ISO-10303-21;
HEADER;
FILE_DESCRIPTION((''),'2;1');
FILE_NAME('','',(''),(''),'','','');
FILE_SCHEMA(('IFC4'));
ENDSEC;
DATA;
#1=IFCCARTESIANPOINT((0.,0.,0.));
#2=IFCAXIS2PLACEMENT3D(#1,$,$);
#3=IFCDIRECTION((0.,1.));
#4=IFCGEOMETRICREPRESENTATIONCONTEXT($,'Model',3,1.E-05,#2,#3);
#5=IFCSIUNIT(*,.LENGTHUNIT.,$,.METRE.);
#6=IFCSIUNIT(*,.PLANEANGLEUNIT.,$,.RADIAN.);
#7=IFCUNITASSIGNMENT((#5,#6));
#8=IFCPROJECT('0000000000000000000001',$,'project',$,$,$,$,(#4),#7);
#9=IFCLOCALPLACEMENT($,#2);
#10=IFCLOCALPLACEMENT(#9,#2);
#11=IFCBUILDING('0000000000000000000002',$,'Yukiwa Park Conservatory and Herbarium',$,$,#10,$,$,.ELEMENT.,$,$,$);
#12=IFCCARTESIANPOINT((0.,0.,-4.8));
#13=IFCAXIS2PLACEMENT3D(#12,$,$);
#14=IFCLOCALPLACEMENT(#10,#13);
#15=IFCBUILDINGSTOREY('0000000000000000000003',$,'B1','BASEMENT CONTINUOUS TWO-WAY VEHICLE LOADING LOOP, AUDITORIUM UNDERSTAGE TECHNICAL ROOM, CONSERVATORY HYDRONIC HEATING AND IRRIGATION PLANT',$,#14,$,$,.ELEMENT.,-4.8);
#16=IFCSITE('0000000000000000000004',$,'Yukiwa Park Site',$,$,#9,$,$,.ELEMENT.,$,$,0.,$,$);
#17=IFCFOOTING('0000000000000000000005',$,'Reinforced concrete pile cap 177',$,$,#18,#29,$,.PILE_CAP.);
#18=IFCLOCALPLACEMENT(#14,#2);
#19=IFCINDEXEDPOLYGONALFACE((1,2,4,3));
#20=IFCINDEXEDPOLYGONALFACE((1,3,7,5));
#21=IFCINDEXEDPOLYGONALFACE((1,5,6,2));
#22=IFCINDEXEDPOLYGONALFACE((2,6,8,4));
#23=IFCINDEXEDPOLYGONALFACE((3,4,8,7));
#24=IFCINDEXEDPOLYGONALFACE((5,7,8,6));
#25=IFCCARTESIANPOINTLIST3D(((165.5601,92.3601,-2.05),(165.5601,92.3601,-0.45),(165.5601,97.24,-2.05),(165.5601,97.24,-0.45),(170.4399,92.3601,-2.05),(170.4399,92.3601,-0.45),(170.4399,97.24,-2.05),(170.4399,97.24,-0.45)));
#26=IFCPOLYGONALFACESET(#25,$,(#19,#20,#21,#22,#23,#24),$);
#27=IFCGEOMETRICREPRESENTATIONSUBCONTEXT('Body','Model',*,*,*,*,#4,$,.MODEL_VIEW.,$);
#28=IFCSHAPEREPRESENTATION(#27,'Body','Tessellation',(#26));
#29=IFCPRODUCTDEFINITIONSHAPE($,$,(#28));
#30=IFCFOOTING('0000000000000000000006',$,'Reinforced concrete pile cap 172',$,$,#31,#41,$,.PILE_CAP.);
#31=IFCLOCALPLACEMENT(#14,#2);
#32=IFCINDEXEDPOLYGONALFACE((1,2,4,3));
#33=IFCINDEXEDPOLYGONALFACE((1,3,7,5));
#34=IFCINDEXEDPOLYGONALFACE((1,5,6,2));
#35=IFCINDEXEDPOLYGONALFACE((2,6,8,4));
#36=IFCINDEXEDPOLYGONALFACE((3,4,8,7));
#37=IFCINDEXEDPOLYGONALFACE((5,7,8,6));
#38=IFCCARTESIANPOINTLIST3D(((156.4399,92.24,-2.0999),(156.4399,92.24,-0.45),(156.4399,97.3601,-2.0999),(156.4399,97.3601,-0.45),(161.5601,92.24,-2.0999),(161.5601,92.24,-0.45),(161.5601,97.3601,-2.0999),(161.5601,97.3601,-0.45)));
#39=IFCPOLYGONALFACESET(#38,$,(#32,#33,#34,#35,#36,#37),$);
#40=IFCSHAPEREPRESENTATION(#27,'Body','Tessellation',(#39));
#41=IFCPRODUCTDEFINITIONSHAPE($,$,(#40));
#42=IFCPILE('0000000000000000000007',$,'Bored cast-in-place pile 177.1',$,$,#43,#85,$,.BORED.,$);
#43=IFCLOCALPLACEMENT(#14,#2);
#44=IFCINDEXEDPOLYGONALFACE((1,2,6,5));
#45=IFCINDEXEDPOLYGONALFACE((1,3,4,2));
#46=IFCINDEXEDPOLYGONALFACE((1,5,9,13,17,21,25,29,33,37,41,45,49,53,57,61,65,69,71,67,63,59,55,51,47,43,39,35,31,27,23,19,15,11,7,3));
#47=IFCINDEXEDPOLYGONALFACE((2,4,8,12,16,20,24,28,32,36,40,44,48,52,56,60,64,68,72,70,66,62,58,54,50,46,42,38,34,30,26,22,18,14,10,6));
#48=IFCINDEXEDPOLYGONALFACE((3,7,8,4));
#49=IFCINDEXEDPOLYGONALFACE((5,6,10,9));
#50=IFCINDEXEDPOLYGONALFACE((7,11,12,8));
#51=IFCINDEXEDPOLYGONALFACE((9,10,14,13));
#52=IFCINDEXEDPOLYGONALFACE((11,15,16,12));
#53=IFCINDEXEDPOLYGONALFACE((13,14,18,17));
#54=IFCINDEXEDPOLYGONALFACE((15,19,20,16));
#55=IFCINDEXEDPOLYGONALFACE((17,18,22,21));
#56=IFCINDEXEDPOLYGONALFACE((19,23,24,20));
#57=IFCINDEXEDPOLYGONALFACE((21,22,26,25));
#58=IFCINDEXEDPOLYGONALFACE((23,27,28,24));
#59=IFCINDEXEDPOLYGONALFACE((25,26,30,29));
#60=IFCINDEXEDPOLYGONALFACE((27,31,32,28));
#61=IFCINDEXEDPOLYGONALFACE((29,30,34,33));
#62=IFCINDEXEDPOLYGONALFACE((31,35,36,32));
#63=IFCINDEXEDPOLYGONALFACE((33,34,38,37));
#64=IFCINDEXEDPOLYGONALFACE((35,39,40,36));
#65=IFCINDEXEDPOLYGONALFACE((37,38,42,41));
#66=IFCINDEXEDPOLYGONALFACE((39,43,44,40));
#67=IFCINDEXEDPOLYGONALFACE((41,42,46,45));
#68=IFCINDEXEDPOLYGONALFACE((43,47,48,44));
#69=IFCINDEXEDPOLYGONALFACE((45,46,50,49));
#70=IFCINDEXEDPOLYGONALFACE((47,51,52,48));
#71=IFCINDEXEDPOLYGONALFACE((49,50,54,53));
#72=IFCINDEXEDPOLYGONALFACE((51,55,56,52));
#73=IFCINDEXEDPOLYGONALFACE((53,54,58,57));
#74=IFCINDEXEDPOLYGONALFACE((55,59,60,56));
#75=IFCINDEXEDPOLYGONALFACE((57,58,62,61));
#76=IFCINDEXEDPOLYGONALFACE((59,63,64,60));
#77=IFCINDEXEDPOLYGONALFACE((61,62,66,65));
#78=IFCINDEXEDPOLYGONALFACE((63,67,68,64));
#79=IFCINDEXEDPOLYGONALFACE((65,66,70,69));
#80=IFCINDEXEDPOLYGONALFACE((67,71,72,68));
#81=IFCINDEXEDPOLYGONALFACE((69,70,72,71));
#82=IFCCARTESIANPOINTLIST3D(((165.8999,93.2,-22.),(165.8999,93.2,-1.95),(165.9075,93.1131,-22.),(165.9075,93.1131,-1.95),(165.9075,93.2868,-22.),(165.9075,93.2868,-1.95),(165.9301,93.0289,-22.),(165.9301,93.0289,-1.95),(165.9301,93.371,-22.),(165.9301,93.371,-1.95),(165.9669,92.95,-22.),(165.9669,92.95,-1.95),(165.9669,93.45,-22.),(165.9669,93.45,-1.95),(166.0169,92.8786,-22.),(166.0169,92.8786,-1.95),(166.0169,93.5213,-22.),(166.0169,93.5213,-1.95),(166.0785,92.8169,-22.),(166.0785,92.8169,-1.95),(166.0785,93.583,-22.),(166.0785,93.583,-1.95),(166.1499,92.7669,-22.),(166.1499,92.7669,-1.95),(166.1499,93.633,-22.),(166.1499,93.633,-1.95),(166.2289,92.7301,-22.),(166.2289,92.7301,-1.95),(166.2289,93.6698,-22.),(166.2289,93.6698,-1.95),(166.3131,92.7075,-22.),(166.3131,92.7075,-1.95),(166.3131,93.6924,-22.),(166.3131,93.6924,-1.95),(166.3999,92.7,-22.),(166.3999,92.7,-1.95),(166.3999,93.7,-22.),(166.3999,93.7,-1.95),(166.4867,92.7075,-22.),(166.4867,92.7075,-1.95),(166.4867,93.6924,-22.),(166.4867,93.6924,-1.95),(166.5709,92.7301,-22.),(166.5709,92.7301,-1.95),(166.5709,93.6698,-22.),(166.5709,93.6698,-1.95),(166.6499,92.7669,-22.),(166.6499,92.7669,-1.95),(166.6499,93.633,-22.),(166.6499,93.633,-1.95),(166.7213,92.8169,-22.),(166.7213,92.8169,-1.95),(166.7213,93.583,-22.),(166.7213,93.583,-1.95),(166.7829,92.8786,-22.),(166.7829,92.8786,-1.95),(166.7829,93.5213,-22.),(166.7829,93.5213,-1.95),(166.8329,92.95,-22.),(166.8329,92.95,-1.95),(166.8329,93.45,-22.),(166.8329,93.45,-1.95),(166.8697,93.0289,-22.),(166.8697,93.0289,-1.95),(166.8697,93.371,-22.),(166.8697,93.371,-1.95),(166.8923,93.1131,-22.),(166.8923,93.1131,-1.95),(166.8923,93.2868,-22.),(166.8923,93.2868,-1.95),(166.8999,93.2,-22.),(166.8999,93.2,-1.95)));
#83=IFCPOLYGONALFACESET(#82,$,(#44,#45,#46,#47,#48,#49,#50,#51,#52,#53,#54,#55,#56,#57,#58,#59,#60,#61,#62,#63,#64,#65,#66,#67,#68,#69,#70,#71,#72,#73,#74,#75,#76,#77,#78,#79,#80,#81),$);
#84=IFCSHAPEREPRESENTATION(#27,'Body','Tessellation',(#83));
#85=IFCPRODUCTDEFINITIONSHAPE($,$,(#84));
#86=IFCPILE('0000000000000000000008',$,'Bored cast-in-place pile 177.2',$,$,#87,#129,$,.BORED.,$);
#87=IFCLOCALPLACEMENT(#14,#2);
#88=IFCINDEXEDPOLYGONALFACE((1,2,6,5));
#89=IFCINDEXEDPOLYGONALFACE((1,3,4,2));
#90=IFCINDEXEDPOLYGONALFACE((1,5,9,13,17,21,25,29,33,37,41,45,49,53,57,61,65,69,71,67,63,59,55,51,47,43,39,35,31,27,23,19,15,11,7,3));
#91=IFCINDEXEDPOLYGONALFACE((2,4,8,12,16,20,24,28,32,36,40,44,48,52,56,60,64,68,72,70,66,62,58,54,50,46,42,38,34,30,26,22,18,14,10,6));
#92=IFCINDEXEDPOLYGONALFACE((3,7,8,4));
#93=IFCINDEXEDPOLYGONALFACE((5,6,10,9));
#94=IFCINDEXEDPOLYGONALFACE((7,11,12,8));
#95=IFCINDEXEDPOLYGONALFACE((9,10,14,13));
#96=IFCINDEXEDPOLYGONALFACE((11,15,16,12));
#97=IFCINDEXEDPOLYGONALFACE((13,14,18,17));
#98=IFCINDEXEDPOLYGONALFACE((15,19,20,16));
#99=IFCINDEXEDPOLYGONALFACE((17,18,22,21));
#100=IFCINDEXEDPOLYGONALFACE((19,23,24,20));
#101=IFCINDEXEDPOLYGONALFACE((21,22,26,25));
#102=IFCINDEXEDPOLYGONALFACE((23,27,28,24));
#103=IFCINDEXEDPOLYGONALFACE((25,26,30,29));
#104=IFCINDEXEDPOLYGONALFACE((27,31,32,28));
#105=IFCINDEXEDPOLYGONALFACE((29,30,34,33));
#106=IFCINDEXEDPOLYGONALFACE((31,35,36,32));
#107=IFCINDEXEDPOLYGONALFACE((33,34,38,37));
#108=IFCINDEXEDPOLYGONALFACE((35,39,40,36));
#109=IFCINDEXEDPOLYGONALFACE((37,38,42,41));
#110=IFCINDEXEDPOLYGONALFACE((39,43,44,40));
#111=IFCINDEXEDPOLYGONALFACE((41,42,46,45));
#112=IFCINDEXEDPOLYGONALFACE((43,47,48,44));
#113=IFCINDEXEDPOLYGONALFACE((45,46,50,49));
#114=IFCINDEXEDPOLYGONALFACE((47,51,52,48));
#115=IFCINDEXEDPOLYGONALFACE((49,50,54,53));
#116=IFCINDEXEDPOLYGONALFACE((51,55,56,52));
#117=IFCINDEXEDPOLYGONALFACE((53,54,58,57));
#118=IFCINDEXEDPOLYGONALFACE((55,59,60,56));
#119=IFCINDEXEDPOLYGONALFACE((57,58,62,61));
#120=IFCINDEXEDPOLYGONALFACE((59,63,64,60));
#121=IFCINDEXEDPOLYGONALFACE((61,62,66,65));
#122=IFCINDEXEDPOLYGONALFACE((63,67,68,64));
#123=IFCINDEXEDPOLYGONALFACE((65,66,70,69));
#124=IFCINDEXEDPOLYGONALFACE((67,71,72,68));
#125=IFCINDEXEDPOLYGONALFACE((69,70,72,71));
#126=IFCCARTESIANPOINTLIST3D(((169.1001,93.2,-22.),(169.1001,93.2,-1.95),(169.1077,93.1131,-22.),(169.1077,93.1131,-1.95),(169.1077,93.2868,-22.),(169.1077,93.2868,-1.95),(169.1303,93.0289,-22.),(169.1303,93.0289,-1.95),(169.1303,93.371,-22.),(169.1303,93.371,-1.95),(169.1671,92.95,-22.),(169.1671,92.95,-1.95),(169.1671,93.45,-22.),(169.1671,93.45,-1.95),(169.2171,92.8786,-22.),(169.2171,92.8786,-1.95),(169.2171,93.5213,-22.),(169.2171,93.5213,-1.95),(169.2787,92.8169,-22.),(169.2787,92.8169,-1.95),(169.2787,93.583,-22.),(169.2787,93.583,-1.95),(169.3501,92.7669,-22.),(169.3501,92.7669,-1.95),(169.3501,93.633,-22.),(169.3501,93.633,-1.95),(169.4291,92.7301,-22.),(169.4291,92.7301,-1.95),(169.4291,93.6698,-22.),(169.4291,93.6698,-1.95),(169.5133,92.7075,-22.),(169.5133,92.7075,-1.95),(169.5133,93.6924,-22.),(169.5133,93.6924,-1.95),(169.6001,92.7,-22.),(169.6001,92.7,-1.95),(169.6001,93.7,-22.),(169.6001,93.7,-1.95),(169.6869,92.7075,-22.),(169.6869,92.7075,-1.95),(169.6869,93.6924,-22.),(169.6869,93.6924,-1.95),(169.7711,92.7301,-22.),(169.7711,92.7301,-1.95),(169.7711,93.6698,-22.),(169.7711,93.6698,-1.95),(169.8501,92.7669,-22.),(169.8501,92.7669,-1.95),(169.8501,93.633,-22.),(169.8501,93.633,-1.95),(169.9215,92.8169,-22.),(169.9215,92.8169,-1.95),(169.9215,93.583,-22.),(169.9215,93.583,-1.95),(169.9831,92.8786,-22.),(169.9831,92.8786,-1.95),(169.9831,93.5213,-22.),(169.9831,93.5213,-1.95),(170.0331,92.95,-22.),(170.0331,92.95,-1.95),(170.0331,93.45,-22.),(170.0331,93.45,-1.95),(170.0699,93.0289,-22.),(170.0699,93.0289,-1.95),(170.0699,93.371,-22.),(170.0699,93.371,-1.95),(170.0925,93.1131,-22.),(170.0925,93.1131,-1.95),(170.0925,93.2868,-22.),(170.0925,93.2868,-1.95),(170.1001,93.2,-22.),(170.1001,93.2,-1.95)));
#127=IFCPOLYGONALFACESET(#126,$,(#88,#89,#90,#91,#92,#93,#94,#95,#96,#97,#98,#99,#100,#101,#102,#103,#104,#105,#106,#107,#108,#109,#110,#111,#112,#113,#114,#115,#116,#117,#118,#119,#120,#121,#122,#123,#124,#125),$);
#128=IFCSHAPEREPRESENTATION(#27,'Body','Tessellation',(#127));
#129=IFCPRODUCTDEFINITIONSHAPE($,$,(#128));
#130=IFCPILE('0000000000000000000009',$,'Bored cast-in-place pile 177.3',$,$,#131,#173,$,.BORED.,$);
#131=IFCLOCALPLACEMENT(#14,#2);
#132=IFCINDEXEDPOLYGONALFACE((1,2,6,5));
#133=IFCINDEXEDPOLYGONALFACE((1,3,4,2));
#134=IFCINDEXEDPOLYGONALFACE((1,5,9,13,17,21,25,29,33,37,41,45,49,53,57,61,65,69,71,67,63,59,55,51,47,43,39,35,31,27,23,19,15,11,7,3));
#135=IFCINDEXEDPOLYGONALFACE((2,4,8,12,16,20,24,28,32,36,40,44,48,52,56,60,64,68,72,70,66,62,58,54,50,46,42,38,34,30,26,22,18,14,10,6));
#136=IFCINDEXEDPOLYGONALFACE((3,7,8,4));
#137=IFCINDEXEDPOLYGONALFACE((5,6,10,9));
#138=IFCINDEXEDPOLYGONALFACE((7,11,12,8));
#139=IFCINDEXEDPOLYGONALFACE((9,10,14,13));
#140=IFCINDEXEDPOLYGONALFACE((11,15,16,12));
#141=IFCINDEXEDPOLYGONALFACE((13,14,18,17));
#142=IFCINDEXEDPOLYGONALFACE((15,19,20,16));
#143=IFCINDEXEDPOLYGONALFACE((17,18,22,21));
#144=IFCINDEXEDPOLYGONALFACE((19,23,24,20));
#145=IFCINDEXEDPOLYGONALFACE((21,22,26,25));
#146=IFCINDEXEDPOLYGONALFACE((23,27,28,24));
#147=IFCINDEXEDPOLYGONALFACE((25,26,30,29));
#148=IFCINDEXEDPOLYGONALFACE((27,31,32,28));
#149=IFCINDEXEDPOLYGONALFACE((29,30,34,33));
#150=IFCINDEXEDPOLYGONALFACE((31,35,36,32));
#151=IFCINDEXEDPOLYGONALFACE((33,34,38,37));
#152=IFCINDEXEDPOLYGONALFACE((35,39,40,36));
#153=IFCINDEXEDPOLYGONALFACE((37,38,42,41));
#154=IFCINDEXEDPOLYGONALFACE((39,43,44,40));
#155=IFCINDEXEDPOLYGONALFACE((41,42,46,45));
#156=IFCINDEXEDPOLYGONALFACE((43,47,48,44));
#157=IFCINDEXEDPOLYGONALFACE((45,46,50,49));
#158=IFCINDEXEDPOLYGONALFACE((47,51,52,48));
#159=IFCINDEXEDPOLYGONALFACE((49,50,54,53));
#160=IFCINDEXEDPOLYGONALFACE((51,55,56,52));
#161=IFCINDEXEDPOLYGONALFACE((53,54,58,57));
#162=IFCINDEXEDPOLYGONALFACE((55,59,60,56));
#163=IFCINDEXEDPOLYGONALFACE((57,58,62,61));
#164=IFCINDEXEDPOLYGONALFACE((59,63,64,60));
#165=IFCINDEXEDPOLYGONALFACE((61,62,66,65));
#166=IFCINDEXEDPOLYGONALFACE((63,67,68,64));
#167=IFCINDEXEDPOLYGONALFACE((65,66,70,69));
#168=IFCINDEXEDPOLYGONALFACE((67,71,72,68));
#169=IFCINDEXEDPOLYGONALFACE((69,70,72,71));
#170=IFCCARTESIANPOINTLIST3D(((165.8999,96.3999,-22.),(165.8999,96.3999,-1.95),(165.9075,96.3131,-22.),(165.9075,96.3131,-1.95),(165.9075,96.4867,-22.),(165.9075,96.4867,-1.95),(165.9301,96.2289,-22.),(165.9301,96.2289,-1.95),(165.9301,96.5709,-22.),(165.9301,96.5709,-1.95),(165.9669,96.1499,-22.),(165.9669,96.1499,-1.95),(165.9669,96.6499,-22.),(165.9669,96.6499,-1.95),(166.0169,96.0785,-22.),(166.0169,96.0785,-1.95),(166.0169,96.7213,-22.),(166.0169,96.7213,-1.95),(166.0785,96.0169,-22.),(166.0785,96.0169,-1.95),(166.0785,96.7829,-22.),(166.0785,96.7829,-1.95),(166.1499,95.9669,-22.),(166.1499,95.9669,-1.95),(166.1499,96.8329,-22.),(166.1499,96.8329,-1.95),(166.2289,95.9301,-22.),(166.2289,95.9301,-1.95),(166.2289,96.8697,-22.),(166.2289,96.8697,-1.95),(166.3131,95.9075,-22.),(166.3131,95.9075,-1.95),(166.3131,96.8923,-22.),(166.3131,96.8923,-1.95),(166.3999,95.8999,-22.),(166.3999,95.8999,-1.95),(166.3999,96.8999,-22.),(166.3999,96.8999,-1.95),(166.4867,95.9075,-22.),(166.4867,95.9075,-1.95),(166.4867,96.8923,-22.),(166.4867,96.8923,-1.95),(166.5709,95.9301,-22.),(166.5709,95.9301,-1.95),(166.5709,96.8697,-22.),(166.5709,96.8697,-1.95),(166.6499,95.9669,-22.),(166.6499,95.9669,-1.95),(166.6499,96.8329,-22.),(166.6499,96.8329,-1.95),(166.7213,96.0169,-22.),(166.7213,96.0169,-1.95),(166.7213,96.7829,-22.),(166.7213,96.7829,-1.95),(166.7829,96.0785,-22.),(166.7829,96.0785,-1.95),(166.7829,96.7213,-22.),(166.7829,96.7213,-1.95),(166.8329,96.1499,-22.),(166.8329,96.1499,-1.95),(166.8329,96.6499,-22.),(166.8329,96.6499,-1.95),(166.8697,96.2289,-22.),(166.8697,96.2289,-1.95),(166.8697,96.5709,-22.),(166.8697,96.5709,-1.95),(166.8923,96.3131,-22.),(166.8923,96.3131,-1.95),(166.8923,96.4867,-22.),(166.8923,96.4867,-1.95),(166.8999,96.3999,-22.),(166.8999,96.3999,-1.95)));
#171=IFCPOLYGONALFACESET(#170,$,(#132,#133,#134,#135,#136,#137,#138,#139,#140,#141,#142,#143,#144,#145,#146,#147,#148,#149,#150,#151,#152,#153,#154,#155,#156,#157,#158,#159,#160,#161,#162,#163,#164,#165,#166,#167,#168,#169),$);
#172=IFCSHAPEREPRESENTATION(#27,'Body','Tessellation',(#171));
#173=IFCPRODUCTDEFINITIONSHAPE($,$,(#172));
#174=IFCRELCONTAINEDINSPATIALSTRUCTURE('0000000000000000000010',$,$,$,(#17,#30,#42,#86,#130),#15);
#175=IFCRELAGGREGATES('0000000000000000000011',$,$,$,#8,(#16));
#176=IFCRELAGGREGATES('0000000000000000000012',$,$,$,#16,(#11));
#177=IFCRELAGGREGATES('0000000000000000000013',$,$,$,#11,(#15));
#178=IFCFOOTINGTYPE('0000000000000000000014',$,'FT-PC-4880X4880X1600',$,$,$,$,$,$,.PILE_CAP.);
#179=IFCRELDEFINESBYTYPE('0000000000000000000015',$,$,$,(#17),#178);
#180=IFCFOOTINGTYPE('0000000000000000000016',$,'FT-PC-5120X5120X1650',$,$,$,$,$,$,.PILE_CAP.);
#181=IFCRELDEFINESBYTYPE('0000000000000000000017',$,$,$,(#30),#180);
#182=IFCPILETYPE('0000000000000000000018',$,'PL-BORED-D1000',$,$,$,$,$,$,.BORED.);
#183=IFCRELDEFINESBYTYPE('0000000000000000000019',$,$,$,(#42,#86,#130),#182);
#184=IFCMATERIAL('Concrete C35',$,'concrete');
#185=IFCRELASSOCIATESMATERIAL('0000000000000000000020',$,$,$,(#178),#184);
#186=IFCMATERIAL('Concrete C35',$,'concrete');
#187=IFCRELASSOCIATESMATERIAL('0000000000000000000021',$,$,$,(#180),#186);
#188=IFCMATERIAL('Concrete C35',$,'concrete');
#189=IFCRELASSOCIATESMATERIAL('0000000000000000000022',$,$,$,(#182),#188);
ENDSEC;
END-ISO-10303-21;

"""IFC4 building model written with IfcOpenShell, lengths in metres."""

from ifc_helpers import new_model, si_unit, direction, frame, origin, origin_2d, place, context, subcontext, project, spatial, rectangle, circle, extrude, material, material_profile, profile_set, type_object, element, save


model = new_model("IFC4")

# Units and contexts
model_context = context("Model", 3, precision=1e-05, world=origin(), true_north=direction((0.0, 1.0)))
body_context = subcontext(model_context, "Body", "Model", "MODEL_VIEW")
ifc_project = project(units=[si_unit("LENGTHUNIT", "METRE"), si_unit("PLANEANGLEUNIT", "RADIAN")], contexts=[model_context])

# Site, building, storey
site_placement = place(None, origin())
site = spatial("IfcSite", under=ifc_project, at=site_placement, Name="Yukiwa Park Site", CompositionType="ELEMENT", RefElevation=0.0)
building_placement = place(site_placement, origin())
building = spatial("IfcBuilding", under=site, at=building_placement, Name="Yukiwa Park Conservatory and Herbarium", CompositionType="ELEMENT")
storey_placement = place(building_placement, frame((0.0, 0.0, -4.8)))
storey = spatial("IfcBuildingStorey", under=building, at=storey_placement, Name="B1", Description="BASEMENT CONTINUOUS TWO-WAY VEHICLE LOADING LOOP, AUDITORIUM UNDERSTAGE TECHNICAL ROOM, CONSERVATORY HYDRONIC HEATING AND IRRIGATION PLANT", CompositionType="ELEMENT", Elevation=-4.8)

# Footings
ifc_material_1 = material(Name="Concrete C35", Category="concrete")
footing_type_1 = type_object("IfcFootingType", Name="FT-PC-4880X4880X1600", PredefinedType="PILE_CAP", material=ifc_material_1)
footing_1_placement = place(storey_placement, frame((168.0, 94.8, -2.05), z_axis=(0.0, 0.0, 1.0), x_axis=(1.0, 0.0, 0.0)))
element("IfcFooting", 1, at=footing_1_placement, inside=storey, type_object=footing_type_1, Name="Reinforced concrete pile cap 177", PredefinedType="PILE_CAP", context=body_context, shape_type="SweptSolid", body=[
    extrude(rectangle(XDim=4.8799, YDim=4.8799, at=origin_2d()), origin(), (0.0, 0.0, 1.0), 1.6001),
])
ifc_material_2 = material(Name="Concrete C35", Category="concrete")
footing_type_2 = type_object("IfcFootingType", Name="FT-PC-5120X5120X1650", PredefinedType="PILE_CAP", material=ifc_material_2)
footing_2_placement = place(storey_placement, frame((159.0, 94.8, -2.0999), z_axis=(0.0, 0.0, 1.0), x_axis=(1.0, 0.0, 0.0)))
element("IfcFooting", 2, at=footing_2_placement, inside=storey, type_object=footing_type_2, Name="Reinforced concrete pile cap 172", PredefinedType="PILE_CAP", context=body_context, shape_type="SweptSolid", body=[
    extrude(rectangle(XDim=5.1201, YDim=5.1201, at=origin_2d()), origin(), (0.0, 0.0, 1.0), 1.6499),
])

# Piles
ifc_material_3 = material(Name="Concrete C35", Category="concrete")
ifc_material_profile_1 = material_profile(ifc_material_3, circle(Radius=0.5, at=origin_2d()), Name="PILE D1000")
ifc_profile_set_1 = profile_set([ifc_material_profile_1], Name="Concrete C35")
pile_type_1 = type_object("IfcPileType", Name="PL-BORED-D1000", PredefinedType="BORED", material=ifc_profile_set_1)
for number, where, z_axis, x_axis, name in (
    (3, (166.3999, 93.2, -1.95), (0.0, 0.0, -1.0), (1.0, 0.0, 0.0), "Bored cast-in-place pile 177.1"),
    (4, (169.6001, 93.2, -1.95), (0.0, 0.0, -1.0), (1.0, 0.0, 0.0), "Bored cast-in-place pile 177.2"),
    (5, (166.3999, 96.3999, -1.95), (0.0, 0.0, -1.0), (1.0, 0.0, 0.0), "Bored cast-in-place pile 177.3"),
):
    element("IfcPile", number, at=place(storey_placement, frame(where, z_axis=z_axis, x_axis=x_axis)), inside=storey, type_object=pile_type_1, Name=name, PredefinedType="BORED", context=body_context, shape_type="SweptSolid", body=[
        extrude(circle(Radius=0.5, at=origin_2d()), origin(), (0.0, 0.0, 1.0), 20.05),
    ])

save(model, "model.ifc")
